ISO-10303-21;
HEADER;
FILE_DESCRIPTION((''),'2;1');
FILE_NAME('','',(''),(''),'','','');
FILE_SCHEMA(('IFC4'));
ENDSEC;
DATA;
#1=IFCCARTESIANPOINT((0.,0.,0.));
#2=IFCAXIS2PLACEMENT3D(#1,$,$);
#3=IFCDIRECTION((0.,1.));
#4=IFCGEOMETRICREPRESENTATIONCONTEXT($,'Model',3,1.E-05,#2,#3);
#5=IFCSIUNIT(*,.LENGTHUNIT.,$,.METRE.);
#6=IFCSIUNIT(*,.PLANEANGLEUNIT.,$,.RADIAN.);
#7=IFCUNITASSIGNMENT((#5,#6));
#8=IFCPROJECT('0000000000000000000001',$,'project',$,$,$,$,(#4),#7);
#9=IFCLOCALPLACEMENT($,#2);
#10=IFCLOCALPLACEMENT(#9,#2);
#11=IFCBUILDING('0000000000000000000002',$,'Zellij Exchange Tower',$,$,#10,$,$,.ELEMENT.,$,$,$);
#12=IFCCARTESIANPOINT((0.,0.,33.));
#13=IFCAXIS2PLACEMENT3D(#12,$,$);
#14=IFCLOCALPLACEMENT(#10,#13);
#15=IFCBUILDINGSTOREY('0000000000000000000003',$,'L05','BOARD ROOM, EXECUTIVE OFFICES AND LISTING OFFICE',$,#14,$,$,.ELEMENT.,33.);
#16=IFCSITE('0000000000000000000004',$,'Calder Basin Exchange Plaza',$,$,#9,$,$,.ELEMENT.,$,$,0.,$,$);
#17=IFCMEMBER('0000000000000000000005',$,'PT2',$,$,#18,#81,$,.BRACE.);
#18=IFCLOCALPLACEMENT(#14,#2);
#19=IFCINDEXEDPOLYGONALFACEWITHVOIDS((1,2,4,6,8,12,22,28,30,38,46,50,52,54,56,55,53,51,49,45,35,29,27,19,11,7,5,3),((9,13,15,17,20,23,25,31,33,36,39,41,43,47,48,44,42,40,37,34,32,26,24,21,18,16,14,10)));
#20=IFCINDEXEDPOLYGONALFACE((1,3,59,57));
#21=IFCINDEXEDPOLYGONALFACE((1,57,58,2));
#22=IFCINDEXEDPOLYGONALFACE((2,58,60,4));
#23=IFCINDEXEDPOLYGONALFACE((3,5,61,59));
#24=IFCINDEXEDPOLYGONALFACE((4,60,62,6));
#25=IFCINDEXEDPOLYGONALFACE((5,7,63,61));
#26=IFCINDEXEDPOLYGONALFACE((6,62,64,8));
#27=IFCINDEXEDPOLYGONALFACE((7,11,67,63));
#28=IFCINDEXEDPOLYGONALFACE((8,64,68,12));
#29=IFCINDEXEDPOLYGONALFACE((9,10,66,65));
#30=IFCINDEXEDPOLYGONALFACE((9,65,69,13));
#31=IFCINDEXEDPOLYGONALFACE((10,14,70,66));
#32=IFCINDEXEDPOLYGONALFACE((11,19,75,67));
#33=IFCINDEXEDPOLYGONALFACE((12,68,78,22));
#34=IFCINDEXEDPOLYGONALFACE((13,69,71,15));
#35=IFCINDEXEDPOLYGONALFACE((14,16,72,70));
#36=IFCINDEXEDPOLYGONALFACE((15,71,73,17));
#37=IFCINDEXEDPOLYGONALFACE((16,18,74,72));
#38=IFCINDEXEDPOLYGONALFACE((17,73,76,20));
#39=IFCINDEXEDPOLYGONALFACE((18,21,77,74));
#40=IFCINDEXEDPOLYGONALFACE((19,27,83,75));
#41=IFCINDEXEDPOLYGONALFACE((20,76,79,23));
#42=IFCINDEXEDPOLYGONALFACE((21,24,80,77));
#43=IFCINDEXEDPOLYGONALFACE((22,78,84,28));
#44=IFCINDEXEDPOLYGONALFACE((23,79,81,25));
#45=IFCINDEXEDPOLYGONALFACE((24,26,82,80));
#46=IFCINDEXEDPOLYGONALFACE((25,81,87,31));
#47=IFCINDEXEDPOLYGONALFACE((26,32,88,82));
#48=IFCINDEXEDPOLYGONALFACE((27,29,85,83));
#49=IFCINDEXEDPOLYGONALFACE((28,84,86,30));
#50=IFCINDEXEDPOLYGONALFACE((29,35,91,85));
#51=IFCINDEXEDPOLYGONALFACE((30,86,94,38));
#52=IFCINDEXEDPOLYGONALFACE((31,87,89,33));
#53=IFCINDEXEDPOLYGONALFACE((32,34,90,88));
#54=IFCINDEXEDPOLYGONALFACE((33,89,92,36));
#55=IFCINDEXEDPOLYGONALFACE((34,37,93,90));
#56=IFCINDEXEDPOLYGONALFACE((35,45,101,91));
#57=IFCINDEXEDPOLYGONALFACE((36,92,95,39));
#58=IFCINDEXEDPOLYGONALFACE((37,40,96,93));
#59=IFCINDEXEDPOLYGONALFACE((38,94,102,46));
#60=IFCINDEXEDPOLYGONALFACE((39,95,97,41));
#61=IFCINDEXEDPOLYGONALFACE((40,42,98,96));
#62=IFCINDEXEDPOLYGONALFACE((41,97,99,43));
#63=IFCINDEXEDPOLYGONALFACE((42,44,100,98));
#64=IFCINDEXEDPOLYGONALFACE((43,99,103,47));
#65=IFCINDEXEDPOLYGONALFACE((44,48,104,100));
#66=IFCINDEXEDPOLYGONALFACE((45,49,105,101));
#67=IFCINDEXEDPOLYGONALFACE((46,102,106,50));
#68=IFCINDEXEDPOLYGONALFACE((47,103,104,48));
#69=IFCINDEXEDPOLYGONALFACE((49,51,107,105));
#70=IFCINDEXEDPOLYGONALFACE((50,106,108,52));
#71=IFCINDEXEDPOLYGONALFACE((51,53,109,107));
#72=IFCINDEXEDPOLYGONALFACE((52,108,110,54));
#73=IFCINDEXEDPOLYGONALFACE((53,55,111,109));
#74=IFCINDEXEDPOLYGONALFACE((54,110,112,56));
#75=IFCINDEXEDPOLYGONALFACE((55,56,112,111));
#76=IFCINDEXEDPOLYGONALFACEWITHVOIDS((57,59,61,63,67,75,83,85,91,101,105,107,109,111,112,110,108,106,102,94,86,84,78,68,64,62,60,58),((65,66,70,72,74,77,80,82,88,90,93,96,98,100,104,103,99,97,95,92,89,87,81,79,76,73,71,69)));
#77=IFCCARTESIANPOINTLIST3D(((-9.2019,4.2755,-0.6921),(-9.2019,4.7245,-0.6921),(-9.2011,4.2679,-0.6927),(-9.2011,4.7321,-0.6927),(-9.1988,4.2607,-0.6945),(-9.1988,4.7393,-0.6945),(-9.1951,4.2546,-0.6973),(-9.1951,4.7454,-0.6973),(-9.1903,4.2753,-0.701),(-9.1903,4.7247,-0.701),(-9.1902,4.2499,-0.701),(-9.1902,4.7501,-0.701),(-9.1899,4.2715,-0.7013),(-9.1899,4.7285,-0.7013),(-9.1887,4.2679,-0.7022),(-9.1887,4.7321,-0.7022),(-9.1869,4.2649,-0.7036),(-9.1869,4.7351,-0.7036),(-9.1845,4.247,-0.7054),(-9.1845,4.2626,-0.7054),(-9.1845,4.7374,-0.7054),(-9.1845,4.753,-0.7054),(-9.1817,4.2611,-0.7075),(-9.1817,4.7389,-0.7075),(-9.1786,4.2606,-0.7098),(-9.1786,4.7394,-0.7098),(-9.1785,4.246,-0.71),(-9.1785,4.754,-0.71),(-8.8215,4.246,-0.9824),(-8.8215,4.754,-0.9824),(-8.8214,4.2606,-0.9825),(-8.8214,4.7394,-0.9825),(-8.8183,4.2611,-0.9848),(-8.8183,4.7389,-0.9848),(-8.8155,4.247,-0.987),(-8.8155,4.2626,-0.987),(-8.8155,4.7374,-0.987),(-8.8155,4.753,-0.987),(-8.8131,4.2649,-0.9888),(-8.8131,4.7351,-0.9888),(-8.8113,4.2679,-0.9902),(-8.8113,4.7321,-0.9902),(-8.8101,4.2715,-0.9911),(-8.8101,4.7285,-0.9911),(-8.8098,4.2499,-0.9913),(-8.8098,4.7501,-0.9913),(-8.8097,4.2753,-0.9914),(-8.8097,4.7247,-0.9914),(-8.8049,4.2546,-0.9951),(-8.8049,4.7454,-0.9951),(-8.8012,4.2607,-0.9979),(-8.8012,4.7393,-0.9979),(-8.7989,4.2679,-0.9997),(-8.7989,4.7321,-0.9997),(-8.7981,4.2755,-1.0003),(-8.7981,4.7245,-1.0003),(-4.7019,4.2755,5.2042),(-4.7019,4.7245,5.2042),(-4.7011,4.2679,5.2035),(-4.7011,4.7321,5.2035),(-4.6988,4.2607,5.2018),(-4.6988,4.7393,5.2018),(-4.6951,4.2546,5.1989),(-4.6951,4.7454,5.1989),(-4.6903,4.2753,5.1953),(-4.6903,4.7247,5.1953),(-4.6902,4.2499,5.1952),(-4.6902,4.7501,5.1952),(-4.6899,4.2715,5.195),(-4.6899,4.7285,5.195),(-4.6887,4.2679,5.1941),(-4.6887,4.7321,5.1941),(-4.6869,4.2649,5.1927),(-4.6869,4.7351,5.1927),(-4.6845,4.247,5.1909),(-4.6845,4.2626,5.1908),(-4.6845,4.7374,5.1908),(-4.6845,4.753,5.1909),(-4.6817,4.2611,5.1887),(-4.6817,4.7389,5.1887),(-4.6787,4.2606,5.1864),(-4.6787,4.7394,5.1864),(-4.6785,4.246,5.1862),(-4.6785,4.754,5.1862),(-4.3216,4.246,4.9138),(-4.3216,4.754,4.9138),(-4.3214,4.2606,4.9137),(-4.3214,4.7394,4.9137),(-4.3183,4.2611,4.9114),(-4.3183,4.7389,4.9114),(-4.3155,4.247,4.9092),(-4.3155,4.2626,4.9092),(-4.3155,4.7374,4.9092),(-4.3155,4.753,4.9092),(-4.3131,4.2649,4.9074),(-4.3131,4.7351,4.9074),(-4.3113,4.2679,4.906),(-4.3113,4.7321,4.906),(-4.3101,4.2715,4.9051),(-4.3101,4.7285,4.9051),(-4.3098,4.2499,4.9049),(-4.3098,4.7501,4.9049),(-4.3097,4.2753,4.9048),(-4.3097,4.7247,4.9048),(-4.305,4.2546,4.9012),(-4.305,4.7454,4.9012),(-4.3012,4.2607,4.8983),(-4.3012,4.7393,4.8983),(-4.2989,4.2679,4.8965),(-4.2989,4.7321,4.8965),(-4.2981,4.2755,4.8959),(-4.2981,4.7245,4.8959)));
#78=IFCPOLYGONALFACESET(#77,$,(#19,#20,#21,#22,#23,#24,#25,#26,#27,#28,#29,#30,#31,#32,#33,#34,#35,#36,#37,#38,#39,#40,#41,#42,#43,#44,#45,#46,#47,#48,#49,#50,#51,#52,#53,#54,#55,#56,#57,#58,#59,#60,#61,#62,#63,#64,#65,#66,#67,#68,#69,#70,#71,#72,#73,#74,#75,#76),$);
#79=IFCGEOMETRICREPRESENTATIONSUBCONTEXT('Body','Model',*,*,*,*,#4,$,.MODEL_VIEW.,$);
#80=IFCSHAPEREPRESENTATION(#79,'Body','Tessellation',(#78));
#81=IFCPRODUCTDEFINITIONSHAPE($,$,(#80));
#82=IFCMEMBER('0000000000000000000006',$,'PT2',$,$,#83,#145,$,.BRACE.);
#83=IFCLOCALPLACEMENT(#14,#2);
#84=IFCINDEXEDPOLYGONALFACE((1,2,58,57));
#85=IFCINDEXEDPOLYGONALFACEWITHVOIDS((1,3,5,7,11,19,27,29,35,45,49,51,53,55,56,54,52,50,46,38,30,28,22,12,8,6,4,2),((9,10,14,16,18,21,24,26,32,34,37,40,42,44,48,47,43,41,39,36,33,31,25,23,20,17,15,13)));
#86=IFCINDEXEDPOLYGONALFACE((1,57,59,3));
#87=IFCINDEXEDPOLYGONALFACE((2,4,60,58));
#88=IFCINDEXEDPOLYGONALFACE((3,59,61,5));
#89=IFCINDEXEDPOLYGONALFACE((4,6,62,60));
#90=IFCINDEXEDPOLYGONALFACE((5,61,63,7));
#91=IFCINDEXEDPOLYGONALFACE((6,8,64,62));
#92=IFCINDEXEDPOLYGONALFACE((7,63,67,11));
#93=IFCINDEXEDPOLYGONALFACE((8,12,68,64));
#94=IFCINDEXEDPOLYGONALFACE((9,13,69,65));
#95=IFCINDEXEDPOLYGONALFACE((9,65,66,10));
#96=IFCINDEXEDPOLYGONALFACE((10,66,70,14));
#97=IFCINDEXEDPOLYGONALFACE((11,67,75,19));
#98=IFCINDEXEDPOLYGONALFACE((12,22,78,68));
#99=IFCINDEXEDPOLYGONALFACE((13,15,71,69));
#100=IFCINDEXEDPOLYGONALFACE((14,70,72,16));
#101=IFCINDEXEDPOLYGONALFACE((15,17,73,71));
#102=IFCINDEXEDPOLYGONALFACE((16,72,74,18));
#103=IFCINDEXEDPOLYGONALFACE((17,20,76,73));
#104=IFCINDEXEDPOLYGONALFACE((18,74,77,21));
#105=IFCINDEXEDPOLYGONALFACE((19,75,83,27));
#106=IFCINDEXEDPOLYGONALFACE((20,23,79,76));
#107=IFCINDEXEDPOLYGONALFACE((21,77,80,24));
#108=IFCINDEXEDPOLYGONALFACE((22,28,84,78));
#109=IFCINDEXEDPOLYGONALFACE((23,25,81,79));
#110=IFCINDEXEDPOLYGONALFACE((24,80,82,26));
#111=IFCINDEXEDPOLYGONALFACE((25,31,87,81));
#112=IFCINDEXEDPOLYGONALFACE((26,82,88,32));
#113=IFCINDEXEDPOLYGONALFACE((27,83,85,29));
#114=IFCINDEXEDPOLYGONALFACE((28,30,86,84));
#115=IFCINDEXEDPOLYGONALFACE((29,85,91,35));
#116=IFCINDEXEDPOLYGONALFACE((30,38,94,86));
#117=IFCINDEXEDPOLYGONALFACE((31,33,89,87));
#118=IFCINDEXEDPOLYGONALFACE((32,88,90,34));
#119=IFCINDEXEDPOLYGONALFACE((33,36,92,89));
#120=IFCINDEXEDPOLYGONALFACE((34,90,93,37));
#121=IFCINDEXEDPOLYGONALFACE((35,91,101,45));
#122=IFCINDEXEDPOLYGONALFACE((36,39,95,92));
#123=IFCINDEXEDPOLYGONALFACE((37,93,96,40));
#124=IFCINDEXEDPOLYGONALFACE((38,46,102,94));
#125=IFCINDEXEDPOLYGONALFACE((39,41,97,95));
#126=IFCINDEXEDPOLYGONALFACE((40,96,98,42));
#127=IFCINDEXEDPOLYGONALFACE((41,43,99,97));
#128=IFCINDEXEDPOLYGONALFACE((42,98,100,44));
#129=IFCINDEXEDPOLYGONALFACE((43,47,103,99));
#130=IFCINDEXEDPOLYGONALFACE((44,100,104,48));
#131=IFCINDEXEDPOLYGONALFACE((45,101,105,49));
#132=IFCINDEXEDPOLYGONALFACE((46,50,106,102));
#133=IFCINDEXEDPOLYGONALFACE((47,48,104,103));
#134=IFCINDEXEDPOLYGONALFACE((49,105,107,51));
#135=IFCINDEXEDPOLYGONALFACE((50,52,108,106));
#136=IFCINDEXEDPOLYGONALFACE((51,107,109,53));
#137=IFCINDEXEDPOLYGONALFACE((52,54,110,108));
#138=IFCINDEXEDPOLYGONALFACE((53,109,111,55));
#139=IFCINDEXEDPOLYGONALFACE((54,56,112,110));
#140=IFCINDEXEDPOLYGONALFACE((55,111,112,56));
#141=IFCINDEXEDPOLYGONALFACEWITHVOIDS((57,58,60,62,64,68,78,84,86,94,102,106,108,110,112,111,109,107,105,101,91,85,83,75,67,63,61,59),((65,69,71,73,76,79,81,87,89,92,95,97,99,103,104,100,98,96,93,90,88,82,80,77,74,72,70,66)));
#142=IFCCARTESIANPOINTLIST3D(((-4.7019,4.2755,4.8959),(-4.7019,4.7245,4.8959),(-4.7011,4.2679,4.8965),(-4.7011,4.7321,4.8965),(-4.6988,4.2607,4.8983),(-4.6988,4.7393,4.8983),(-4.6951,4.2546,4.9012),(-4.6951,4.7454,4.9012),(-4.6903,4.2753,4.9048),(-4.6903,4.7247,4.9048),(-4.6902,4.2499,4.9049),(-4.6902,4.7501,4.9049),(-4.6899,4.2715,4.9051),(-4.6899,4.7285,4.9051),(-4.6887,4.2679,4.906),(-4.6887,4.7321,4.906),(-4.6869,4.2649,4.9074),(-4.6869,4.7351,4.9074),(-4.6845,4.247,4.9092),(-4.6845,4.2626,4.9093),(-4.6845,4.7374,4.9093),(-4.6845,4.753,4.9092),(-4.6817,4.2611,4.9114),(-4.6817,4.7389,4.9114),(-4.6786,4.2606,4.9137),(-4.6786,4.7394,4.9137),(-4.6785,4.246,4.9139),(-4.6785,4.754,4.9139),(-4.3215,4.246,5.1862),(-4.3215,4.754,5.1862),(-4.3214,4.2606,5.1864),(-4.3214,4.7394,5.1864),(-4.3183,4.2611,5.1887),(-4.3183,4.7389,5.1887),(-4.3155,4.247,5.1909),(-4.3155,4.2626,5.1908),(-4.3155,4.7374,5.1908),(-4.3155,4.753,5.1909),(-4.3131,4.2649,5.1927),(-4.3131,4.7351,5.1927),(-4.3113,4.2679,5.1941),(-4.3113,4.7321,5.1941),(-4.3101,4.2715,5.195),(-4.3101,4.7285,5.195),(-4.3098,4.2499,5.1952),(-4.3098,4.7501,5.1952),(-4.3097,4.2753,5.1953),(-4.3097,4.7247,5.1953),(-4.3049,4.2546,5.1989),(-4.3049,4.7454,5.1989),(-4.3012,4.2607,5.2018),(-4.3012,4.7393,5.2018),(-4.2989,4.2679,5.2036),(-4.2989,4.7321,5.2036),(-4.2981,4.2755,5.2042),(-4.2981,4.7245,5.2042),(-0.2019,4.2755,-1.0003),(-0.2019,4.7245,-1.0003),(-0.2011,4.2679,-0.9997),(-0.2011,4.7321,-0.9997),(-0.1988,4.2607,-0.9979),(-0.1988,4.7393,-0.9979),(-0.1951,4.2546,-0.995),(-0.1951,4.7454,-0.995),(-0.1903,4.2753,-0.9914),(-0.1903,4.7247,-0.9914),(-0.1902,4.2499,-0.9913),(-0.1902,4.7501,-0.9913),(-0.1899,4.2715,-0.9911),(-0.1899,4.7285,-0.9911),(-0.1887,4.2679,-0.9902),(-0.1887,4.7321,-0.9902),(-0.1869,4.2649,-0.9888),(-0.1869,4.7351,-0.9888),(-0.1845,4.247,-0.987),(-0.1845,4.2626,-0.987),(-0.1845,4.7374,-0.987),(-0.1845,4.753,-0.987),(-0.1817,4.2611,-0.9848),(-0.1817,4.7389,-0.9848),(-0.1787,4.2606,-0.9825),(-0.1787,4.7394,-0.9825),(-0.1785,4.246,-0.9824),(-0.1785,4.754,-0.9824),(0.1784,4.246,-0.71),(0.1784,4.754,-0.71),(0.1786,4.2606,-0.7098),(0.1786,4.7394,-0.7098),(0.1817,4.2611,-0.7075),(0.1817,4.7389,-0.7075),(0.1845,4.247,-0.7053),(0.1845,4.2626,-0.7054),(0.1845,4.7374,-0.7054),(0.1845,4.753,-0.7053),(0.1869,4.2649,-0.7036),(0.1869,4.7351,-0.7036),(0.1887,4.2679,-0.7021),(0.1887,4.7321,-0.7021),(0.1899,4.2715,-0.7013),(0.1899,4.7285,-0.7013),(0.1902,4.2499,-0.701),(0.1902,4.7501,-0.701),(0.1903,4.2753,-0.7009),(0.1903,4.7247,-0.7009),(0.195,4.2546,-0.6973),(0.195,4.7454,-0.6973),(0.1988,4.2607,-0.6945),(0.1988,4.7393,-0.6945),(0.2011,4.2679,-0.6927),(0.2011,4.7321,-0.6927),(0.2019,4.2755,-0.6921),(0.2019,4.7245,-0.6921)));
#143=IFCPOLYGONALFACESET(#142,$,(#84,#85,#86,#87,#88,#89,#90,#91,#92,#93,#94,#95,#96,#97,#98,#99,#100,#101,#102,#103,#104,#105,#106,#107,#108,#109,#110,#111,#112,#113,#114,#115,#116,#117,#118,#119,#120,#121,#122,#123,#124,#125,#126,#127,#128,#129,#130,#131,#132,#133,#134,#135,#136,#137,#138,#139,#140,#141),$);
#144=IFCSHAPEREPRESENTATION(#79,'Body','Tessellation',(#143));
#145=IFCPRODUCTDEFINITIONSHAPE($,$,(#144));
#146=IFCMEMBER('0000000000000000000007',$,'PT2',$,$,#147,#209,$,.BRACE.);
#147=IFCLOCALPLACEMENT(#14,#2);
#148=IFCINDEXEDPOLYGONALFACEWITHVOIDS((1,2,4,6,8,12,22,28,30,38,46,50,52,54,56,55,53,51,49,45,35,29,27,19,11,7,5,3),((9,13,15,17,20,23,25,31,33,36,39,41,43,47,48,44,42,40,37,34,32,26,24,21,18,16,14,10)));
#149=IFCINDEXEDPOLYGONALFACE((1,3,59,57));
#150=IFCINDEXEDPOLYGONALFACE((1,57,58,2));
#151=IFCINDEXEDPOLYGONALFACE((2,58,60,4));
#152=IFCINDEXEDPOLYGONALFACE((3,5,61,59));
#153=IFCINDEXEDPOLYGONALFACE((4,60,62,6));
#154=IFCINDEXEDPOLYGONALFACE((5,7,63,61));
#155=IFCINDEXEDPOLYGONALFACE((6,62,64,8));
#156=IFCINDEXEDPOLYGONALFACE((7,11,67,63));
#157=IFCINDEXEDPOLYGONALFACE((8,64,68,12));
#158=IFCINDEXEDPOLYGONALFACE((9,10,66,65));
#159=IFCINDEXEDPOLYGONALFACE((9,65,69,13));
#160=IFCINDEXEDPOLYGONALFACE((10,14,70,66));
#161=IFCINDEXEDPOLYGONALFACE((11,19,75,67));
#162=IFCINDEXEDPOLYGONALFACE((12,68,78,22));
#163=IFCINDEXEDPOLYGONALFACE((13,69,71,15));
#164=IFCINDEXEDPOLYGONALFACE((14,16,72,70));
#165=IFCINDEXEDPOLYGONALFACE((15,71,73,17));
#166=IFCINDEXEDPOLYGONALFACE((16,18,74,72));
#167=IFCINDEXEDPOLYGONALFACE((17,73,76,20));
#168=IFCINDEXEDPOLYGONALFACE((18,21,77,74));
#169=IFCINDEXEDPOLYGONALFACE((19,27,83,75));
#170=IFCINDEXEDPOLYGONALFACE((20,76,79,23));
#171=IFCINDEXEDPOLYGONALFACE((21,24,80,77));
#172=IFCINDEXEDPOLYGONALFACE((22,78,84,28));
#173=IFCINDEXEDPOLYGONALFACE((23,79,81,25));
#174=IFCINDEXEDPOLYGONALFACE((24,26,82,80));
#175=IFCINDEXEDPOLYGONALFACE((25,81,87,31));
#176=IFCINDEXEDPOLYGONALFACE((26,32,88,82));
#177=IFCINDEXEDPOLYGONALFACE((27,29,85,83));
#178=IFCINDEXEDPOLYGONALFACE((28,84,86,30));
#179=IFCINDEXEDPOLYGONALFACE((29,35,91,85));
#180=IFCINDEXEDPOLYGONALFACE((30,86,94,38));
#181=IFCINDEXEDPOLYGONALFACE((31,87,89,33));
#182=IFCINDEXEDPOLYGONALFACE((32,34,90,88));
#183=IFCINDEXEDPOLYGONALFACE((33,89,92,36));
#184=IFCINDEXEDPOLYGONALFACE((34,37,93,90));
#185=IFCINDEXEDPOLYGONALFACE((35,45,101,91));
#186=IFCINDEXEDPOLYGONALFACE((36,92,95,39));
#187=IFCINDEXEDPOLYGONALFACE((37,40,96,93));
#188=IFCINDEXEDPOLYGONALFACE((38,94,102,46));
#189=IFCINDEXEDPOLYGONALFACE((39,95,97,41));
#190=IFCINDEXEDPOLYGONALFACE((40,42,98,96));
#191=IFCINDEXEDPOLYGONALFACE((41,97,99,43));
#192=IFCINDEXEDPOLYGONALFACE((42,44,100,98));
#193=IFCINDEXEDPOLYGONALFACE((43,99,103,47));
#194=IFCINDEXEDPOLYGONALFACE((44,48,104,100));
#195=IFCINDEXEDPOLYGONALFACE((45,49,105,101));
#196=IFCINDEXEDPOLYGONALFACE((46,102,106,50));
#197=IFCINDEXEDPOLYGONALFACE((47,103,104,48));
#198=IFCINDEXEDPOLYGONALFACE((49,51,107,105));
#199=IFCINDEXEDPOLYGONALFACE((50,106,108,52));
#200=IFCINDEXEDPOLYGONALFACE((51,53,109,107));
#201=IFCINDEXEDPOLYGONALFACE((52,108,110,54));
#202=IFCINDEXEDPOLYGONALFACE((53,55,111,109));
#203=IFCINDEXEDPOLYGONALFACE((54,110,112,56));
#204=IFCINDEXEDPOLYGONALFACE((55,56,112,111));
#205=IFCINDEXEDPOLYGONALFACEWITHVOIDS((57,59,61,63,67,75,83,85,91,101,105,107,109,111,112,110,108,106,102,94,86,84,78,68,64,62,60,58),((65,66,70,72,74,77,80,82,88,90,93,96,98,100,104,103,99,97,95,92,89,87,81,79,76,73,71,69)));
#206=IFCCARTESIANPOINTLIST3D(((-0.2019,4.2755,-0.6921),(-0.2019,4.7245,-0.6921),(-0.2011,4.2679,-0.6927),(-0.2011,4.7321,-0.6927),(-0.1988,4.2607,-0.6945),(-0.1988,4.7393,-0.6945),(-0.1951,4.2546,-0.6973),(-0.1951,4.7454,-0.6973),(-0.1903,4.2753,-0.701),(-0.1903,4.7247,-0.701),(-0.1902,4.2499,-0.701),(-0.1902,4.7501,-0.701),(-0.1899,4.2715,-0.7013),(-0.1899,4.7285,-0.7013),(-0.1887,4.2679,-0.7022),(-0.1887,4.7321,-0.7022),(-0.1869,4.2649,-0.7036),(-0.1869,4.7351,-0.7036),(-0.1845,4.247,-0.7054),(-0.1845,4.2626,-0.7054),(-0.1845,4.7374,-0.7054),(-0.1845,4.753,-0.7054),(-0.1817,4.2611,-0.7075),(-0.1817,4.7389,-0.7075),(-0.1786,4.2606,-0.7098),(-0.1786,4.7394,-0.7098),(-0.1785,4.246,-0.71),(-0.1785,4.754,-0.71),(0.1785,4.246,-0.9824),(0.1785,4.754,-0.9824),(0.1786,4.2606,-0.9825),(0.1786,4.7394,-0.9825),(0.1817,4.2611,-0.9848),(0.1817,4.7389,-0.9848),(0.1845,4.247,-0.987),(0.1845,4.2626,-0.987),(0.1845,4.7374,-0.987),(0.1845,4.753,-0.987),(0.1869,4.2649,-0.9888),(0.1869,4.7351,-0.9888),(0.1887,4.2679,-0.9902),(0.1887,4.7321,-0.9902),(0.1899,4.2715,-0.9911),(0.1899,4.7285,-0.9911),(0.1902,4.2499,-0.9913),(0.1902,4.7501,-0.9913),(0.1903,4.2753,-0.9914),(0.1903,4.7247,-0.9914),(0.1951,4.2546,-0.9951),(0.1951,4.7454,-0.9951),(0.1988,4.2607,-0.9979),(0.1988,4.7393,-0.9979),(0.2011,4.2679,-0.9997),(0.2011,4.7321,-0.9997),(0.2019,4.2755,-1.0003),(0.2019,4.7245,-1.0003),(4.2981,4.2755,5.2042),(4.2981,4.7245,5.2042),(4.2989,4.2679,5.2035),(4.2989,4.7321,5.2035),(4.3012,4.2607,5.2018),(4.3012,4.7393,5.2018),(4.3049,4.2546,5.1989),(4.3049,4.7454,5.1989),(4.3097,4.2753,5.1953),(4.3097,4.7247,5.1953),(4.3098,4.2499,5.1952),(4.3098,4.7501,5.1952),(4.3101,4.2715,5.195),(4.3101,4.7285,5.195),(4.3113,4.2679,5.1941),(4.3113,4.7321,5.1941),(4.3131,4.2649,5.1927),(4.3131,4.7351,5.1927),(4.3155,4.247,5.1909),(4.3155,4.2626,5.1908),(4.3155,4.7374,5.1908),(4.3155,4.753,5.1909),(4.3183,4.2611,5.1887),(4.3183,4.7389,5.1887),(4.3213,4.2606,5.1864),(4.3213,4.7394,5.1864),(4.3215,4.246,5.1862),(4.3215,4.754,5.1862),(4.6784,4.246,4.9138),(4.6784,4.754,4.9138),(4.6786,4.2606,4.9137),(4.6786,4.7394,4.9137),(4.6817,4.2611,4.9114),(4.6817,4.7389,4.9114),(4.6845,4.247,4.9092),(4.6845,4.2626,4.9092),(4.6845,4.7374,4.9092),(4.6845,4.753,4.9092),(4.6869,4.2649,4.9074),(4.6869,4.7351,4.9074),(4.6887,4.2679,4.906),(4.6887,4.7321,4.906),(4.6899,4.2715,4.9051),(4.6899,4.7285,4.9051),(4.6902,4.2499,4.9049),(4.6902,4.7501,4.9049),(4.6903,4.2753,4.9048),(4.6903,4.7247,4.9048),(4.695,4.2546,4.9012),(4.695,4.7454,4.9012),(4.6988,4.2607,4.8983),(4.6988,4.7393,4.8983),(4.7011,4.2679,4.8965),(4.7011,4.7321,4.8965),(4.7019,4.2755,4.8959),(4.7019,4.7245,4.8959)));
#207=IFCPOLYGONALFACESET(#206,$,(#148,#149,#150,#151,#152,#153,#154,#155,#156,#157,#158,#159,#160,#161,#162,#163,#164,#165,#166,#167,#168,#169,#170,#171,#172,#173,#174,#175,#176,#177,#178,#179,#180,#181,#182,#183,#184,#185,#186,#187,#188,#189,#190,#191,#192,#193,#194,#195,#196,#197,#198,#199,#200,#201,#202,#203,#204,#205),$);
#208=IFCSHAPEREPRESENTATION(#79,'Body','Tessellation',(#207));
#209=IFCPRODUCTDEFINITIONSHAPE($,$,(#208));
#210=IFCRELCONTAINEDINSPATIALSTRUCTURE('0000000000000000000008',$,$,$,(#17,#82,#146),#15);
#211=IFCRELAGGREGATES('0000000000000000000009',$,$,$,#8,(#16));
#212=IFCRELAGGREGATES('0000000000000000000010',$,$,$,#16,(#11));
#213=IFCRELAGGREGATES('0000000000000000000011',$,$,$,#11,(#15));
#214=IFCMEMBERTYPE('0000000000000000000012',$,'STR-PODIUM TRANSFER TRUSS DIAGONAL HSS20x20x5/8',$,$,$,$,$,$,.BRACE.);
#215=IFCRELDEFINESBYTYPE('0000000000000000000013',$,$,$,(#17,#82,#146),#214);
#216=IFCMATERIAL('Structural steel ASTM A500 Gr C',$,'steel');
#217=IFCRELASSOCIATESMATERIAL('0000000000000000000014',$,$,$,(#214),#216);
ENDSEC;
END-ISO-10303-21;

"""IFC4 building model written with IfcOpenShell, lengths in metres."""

from ifc_helpers import new_model, si_unit, direction, frame, origin, origin_2d, place, context, subcontext, project, spatial, hollow_rectangle, extrude, material, material_profile, profile_set, type_object, element, save


model = new_model("IFC4")

# Units and contexts
model_context = context("Model", 3, precision=1e-05, world=origin(), true_north=direction((0.0, 1.0)))
body_context = subcontext(model_context, "Body", "Model", "MODEL_VIEW")
ifc_project = project(units=[si_unit("LENGTHUNIT", "METRE"), si_unit("PLANEANGLEUNIT", "RADIAN")], contexts=[model_context])

# Site, building, storey
site_placement = place(None, origin())
site = spatial("IfcSite", under=ifc_project, at=site_placement, Name="Calder Basin Exchange Plaza", CompositionType="ELEMENT", RefElevation=0.0)
building_placement = place(site_placement, origin())
building = spatial("IfcBuilding", under=site, at=building_placement, Name="Zellij Exchange Tower", CompositionType="ELEMENT")
storey_placement = place(building_placement, frame((0.0, 0.0, 33.0)))
storey = spatial("IfcBuildingStorey", under=building, at=storey_placement, Name="L05", Description="BOARD ROOM, EXECUTIVE OFFICES AND LISTING OFFICE", CompositionType="ELEMENT", Elevation=33.0)

# Members
ifc_material_1 = material(Name="Structural steel ASTM A500 Gr C", Category="steel")
ifc_material_profile_1 = material_profile(ifc_material_1, hollow_rectangle(XDim=0.5081, YDim=0.5081, WallThickness=0.0146, InnerFilletRadius=0.0146, OuterFilletRadius=0.0295, at=origin_2d()), Name="STR-PODIUM TRANSFER TRUSS DIAGONAL HSS20x20x5/8")
ifc_profile_set_1 = profile_set([ifc_material_profile_1], Name="Structural steel ASTM A500 Gr C")
member_type_1 = type_object("IfcMemberType", Name="STR-PODIUM TRANSFER TRUSS DIAGONAL HSS20x20x5/8", PredefinedType="BRACE", material=ifc_profile_set_1)
for number, where, z_axis, x_axis, name in (
    (1, (-9.0, 4.5, -0.8462), (0.606694, 0.0, 0.794936), (0.0, 1.0, 0.0), "PT2"),
    (2, (-4.5, 4.5, 5.05), (0.606694, 0.0, -0.794936), (0.0, 1.0, 0.0), "PT2"),
    (3, (0.0, 4.5, -0.8462), (0.606694, 0.0, 0.794936), (0.0, 1.0, 0.0), "PT2"),
):
    element("IfcMember", number, at=place(storey_placement, frame(where, z_axis=z_axis, x_axis=x_axis)), inside=storey, type_object=member_type_1, Name=name, PredefinedType="BRACE", context=body_context, shape_type="SweptSolid", body=[
        extrude(hollow_rectangle(XDim=0.5081, YDim=0.5081, WallThickness=0.0146, InnerFilletRadius=0.0146, OuterFilletRadius=0.0295, at=origin_2d()), origin(), (0.0, 0.0, 1.0), 7.4172),
    ])

save(model, "model.ifc")
